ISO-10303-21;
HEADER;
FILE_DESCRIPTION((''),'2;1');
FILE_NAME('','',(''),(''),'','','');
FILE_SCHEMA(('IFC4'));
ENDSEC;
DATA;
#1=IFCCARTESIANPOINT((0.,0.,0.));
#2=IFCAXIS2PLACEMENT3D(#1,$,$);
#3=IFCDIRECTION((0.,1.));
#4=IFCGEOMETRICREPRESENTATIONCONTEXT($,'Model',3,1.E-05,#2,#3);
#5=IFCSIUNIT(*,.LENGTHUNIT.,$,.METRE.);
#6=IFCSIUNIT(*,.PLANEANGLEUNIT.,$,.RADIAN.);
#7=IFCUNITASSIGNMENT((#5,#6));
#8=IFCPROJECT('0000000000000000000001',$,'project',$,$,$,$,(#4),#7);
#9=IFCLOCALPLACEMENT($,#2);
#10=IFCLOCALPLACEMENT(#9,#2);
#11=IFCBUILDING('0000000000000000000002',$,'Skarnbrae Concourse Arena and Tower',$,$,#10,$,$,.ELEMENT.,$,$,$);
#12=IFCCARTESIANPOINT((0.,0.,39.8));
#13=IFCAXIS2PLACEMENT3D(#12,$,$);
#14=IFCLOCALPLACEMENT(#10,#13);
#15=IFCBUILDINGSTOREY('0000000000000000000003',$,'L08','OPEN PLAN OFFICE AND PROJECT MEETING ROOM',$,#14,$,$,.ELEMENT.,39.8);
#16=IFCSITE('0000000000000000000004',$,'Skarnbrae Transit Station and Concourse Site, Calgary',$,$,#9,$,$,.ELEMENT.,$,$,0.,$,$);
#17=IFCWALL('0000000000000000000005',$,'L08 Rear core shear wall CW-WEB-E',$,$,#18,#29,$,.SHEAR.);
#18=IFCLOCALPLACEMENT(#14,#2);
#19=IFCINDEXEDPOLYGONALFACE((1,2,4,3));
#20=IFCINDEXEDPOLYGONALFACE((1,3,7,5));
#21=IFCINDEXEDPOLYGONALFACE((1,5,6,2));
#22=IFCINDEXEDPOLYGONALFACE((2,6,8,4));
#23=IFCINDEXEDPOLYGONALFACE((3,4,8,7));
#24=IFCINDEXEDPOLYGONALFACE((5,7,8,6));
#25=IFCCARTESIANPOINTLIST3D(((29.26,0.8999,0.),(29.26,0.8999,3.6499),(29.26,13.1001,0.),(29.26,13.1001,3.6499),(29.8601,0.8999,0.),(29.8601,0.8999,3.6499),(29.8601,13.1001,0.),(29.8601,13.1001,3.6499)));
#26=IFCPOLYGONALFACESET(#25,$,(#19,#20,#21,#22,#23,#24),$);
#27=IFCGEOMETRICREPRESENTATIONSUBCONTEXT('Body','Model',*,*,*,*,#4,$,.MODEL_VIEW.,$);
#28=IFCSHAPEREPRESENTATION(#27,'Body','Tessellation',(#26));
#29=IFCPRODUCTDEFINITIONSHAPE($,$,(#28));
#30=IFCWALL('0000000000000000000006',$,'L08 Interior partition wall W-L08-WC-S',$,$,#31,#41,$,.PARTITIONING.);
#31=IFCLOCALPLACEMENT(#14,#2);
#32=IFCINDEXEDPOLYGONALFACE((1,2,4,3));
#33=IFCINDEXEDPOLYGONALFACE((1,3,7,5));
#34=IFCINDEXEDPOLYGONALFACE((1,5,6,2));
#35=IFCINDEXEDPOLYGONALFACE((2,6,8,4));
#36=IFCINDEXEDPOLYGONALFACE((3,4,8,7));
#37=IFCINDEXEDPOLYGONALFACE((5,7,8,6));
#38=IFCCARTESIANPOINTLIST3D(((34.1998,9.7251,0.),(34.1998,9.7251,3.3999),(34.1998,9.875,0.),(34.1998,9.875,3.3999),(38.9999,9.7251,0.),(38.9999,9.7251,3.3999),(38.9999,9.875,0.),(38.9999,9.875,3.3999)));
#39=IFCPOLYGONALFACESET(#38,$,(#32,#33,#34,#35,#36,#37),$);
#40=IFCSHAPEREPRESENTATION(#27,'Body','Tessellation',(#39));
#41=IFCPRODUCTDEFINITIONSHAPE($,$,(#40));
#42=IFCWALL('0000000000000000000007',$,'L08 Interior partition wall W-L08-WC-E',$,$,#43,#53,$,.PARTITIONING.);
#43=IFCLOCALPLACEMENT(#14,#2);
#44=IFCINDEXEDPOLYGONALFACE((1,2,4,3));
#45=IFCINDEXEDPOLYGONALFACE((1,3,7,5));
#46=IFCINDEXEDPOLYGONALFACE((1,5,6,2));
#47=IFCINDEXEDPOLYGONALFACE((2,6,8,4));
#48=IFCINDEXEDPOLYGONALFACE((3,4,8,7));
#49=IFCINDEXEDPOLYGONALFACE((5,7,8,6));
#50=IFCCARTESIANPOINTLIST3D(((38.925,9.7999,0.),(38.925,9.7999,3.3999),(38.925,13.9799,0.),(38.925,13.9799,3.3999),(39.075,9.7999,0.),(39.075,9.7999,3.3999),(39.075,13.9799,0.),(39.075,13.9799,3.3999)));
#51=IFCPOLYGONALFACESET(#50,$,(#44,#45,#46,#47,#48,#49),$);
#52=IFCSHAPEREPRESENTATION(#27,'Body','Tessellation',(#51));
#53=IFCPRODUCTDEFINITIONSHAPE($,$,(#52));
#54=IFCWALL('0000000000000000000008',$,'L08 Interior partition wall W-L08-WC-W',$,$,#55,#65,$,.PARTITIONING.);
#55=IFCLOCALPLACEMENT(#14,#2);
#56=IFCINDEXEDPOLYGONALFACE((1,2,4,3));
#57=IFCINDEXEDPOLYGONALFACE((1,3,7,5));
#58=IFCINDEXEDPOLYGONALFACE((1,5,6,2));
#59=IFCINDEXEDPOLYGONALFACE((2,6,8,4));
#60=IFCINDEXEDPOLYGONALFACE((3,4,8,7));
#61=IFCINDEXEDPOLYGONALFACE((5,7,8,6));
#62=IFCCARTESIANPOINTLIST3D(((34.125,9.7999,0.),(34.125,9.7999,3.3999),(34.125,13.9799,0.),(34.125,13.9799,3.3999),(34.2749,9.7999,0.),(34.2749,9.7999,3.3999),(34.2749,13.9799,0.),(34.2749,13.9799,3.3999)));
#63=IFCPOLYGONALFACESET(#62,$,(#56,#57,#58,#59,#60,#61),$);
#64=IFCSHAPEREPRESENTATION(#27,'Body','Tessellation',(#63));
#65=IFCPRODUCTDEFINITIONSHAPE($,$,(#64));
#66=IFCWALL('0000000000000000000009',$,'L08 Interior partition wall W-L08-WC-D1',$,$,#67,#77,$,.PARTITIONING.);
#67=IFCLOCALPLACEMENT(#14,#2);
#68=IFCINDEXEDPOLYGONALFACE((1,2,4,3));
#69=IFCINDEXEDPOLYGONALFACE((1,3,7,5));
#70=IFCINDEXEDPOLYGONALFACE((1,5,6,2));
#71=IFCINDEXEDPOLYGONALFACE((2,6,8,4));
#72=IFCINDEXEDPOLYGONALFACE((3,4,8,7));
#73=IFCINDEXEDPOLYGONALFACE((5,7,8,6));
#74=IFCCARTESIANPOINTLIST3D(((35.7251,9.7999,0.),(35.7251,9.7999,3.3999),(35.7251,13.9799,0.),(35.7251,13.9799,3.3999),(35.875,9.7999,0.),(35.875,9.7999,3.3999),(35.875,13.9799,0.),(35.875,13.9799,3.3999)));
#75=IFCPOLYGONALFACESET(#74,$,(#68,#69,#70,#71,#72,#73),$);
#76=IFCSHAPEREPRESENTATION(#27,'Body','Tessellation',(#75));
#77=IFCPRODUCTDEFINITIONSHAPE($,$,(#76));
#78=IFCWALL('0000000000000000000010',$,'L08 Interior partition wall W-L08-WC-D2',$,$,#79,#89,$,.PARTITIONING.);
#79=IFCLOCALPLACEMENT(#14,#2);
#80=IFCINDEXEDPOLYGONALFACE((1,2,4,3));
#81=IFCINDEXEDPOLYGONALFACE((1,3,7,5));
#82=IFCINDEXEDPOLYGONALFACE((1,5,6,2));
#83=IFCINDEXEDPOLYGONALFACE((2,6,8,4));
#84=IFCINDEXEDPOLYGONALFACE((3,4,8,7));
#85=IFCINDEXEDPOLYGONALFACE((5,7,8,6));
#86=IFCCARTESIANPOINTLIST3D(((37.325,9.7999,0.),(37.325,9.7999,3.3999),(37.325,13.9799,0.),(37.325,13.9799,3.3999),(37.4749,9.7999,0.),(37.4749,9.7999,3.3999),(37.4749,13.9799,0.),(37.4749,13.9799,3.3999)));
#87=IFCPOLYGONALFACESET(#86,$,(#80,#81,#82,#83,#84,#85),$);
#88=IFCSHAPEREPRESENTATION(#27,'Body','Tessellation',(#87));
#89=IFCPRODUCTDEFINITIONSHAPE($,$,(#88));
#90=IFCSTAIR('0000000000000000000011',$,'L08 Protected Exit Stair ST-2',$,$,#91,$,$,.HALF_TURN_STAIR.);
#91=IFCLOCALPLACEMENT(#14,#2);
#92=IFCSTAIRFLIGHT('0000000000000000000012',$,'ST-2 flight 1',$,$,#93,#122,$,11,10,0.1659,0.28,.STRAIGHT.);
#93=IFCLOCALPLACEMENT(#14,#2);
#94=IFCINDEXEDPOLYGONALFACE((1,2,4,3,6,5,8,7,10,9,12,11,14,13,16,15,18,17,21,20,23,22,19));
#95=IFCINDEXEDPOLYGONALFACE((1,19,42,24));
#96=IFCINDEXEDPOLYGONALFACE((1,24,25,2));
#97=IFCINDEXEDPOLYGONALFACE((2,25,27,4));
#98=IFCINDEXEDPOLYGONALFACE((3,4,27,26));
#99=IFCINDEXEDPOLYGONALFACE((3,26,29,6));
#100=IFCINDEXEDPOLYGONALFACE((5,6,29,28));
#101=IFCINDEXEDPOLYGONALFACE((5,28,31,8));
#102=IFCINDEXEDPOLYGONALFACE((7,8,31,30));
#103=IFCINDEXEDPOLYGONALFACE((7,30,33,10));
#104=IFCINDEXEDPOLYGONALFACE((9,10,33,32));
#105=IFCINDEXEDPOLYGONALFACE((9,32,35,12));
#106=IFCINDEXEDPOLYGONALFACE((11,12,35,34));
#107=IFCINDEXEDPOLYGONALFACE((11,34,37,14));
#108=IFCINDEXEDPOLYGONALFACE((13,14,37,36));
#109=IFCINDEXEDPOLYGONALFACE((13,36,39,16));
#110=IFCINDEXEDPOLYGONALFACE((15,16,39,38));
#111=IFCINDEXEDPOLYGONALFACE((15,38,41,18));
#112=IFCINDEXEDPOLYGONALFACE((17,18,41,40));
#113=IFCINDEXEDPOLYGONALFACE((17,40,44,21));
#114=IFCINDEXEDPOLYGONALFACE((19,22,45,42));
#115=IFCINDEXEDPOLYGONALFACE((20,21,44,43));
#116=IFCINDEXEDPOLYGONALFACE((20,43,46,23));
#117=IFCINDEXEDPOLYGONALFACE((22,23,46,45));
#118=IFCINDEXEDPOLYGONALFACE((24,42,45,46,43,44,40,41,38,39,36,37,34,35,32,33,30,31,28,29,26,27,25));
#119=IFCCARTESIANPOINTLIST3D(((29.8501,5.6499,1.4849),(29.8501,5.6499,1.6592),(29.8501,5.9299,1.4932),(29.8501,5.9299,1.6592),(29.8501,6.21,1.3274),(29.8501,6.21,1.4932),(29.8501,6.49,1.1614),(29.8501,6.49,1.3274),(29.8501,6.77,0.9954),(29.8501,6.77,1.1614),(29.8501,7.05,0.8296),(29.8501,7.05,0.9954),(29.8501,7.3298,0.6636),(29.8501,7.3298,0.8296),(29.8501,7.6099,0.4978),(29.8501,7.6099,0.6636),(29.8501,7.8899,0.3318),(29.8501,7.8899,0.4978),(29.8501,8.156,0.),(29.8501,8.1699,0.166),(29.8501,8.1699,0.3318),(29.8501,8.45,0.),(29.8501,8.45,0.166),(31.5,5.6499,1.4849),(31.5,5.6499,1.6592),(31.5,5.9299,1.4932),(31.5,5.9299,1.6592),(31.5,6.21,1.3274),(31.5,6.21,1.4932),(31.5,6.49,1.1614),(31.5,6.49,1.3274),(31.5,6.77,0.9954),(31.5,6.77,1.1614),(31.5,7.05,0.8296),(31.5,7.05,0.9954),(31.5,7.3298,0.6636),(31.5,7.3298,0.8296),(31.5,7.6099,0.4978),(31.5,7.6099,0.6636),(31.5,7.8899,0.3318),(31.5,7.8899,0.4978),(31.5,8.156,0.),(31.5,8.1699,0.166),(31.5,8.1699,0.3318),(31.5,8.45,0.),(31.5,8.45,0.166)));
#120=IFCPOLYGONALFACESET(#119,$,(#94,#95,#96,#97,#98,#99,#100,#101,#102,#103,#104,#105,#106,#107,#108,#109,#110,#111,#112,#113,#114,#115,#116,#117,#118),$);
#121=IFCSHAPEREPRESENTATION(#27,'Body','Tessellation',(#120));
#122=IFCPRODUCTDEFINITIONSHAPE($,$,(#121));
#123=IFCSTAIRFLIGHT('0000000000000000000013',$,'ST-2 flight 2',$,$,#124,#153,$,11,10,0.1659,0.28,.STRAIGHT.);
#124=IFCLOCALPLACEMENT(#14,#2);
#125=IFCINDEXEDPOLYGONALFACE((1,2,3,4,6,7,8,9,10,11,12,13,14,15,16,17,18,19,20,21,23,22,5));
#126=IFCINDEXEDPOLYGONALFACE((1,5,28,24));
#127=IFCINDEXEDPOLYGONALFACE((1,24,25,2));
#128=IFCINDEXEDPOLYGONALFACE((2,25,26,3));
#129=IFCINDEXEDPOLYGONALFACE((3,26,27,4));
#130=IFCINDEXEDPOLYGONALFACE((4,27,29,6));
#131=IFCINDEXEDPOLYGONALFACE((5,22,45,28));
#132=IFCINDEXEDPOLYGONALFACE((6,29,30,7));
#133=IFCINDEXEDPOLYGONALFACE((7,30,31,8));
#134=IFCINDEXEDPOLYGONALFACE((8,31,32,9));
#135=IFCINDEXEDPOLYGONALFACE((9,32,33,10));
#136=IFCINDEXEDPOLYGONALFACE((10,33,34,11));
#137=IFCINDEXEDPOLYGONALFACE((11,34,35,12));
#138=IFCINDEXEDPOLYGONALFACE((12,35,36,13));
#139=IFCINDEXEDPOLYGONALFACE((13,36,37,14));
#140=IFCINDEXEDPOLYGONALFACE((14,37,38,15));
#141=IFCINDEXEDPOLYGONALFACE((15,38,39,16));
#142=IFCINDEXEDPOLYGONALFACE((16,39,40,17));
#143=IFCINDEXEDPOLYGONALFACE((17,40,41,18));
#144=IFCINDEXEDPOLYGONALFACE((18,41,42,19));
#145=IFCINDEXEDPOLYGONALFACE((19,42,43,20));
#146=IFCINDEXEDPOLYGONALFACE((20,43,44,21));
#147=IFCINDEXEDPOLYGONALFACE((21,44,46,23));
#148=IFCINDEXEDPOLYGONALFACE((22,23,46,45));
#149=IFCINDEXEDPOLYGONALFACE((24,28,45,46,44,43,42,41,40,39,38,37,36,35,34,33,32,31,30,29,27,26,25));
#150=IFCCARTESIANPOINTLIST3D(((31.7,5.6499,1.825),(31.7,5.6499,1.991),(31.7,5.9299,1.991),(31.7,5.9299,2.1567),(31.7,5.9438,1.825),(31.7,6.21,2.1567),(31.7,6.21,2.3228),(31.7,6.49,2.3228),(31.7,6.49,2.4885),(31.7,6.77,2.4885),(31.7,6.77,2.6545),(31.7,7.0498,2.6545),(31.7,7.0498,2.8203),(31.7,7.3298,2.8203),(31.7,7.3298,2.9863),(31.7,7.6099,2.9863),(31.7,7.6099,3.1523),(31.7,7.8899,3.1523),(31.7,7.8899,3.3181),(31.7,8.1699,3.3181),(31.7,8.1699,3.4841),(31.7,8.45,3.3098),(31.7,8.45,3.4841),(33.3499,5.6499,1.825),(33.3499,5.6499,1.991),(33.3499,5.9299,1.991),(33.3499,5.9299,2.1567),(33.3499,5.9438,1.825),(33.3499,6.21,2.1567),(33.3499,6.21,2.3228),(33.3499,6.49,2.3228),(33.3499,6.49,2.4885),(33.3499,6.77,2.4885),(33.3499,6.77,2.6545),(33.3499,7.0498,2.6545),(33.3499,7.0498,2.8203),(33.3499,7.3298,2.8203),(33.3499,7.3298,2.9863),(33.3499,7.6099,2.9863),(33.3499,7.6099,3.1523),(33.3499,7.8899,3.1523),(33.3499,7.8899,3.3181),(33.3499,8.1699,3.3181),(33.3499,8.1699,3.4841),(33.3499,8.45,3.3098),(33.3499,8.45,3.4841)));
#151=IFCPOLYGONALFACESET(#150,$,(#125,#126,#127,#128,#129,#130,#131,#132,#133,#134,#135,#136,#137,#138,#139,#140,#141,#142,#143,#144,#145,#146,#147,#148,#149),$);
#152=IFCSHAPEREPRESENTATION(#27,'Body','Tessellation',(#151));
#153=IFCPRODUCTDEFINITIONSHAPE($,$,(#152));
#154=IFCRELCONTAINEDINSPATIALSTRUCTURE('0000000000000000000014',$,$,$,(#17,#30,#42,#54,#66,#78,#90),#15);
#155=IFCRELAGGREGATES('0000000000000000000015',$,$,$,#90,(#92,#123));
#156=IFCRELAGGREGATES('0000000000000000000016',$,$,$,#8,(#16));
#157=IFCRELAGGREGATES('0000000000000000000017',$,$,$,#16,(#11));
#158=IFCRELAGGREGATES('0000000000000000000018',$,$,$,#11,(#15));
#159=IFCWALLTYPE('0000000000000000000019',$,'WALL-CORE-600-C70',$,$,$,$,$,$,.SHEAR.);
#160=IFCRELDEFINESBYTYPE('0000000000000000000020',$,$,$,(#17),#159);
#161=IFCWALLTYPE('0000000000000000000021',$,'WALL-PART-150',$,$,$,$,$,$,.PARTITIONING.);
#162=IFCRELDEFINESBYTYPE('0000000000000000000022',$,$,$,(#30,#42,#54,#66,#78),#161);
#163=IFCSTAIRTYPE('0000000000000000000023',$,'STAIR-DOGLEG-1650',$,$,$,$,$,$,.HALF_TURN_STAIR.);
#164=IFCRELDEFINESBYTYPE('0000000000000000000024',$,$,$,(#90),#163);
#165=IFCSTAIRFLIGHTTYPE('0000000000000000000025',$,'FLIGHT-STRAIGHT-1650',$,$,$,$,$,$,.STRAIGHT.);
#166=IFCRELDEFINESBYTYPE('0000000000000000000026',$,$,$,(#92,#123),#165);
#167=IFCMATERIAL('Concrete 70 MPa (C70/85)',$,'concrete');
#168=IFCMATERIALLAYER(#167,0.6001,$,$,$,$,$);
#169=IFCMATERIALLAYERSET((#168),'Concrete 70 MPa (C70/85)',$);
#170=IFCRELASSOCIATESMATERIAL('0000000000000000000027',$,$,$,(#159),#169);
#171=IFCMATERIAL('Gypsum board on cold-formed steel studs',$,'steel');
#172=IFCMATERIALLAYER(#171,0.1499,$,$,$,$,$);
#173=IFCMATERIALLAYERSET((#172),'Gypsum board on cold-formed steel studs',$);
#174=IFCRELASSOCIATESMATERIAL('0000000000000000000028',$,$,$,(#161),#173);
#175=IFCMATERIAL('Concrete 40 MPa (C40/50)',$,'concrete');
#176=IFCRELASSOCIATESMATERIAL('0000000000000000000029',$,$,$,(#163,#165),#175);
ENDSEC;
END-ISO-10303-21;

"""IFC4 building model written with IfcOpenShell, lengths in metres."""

from ifc_helpers import new_model, si_unit, direction, frame, frame_2d, origin, place, context, subcontext, project, spatial, polyline, rectangle, outline, extrude, source, transform, mapped, material, layer, layer_set, type_object, element, aggregate, save


model = new_model("IFC4")

# Units and contexts
model_context = context("Model", 3, precision=1e-05, world=origin(), true_north=direction((0.0, 1.0)))
body_context = subcontext(model_context, "Body", "Model", "MODEL_VIEW")
ifc_project = project(units=[si_unit("LENGTHUNIT", "METRE"), si_unit("PLANEANGLEUNIT", "RADIAN")], contexts=[model_context])

# Site, building, storey
site_placement = place(None, origin())
site = spatial("IfcSite", under=ifc_project, at=site_placement, Name="Skarnbrae Transit Station and Concourse Site, Calgary", CompositionType="ELEMENT", RefElevation=0.0)
building_placement = place(site_placement, origin())
building = spatial("IfcBuilding", under=site, at=building_placement, Name="Skarnbrae Concourse Arena and Tower", CompositionType="ELEMENT")
storey_placement = place(building_placement, frame((0.0, 0.0, 39.8)))
storey = spatial("IfcBuildingStorey", under=building, at=storey_placement, Name="L08", Description="OPEN PLAN OFFICE AND PROJECT MEETING ROOM", CompositionType="ELEMENT", Elevation=39.8)

# Wall
ifc_material_1 = material(Name="Concrete 70 MPa (C70/85)", Category="concrete")
ifc_layer_1 = layer(ifc_material_1, 0.6001)
ifc_layer_set_1 = layer_set([ifc_layer_1], Name="Concrete 70 MPa (C70/85)")
wall_type_1 = type_object("IfcWallType", Name="WALL-CORE-600-C70", PredefinedType="SHEAR", material=ifc_layer_set_1)
shared_shape_1 = source(origin(), body_context, "Body", "SweptSolid", [
    extrude(rectangle(XDim=12.2002, YDim=0.6001, at=frame_2d((6.1001, 0.0))), origin(), (0.0, 0.0, 1.0), 3.6499),
])
wall_1_placement = place(storey_placement, frame((29.5601, 0.8999, 0.0), z_axis=(0.0, 0.0, 1.0), x_axis=(0.0, 1.0, 0.0)))
element("IfcWall", 1, at=wall_1_placement, inside=storey, type_object=wall_type_1, Name="L08 Rear core shear wall CW-WEB-E", PredefinedType="SHEAR", context=body_context, shape_type="MappedRepresentation", body=[
    mapped(shared_shape_1, transform((0.0, 0.0, 0.0))),
])

# Walls
ifc_material_2 = material(Name="Gypsum board on cold-formed steel studs", Category="steel")
ifc_layer_2 = layer(ifc_material_2, 0.1499)
ifc_layer_set_2 = layer_set([ifc_layer_2], Name="Gypsum board on cold-formed steel studs")
wall_type_2 = type_object("IfcWallType", Name="WALL-PART-150", PredefinedType="PARTITIONING", material=ifc_layer_set_2)
shared_shape_2 = source(origin(), body_context, "Body", "SweptSolid", [
    extrude(rectangle(XDim=4.8, YDim=0.1499, at=frame_2d((2.3999, 0.0))), origin(), (0.0, 0.0, 1.0), 3.3999),
])
wall_2_placement = place(storey_placement, frame((34.2, 9.8, 0.0), z_axis=(0.0, 0.0, 1.0), x_axis=(1.0, 0.0, 0.0)))
element("IfcWall", 2, at=wall_2_placement, inside=storey, type_object=wall_type_2, Name="L08 Interior partition wall W-L08-WC-S", PredefinedType="PARTITIONING", context=body_context, shape_type="MappedRepresentation", body=[
    mapped(shared_shape_2, transform((0.0, 0.0, 0.0))),
])
shared_shape_3 = source(origin(), body_context, "Body", "SweptSolid", [
    extrude(rectangle(XDim=4.1799, YDim=0.1499, at=frame_2d((2.0898, 0.0))), origin(), (0.0, 0.0, 1.0), 3.3999),
])
for number, where, z_axis, x_axis, name in (
    (3, (39.0, 9.8, 0.0), (0.0, 0.0, 1.0), (0.0, 1.0, 0.0), "L08 Interior partition wall W-L08-WC-E"),
    (4, (34.2, 9.8, 0.0), (0.0, 0.0, 1.0), (0.0, 1.0, 0.0), "L08 Interior partition wall W-L08-WC-W"),
    (5, (35.8, 9.8, 0.0), (0.0, 0.0, 1.0), (0.0, 1.0, 0.0), "L08 Interior partition wall W-L08-WC-D1"),
    (6, (37.3999, 9.8, 0.0), (0.0, 0.0, 1.0), (0.0, 1.0, 0.0), "L08 Interior partition wall W-L08-WC-D2"),
):
    element("IfcWall", number, at=place(storey_placement, frame(where, z_axis=z_axis, x_axis=x_axis)), inside=storey, type_object=wall_type_2, Name=name, PredefinedType="PARTITIONING", context=body_context, shape_type="MappedRepresentation", body=[
        mapped(shared_shape_3, transform((0.0, 0.0, 0.0))),
    ])

# Stair, stair flights
ifc_material_3 = material(Name="Concrete 40 MPa (C40/50)", Category="concrete")
stair_type = type_object("IfcStairType", Name="STAIR-DOGLEG-1650", PredefinedType="HALF_TURN_STAIR", material=ifc_material_3)
stair_placement = place(storey_placement, origin())
stair = element("IfcStair", 7, at=stair_placement, inside=storey, type_object=stair_type, Name="L08 Protected Exit Stair ST-2", PredefinedType="HALF_TURN_STAIR")
stair_flight_type = type_object("IfcStairFlightType", Name="FLIGHT-STRAIGHT-1650", PredefinedType="STRAIGHT", material=ifc_material_3)
shared_shape_4 = source(origin(), body_context, "Body", "SweptSolid", [
    extrude(outline(polyline([(0.0, 0.0), (0.0, 0.166), (0.28, 0.166), (0.28, 0.3318), (0.5601, 0.3318), (0.5601, 0.4978), (0.8401, 0.4978), (0.8401, 0.6636), (1.1201, 0.6636), (1.1201, 0.8296), (1.3999, 0.8296), (1.3999, 0.9954), (1.6799, 0.9954), (1.6799, 1.1614), (1.96, 1.1614), (1.96, 1.3274), (2.24, 1.3274), (2.24, 1.4932), (2.52, 1.4932), (2.52, 1.6592), (2.8, 1.6592), (2.8, 1.825), (2.8, 1.4849), (0.2939, 0.0), (0.0, 0.0)])), frame((0.0, 0.825, 0.0), z_axis=(0.0, -1.0, 0.0), x_axis=(1.0, 0.0, 0.0)), (0.0, 0.0, 1.0), 1.6499),
])
stair_flight_1_placement = place(storey_placement, frame((30.675, 8.45, 0.0), z_axis=(0.0, 0.0, 1.0), x_axis=(0.0, -1.0, 0.0)))
stair_flight_1 = element("IfcStairFlight", 8, at=stair_flight_1_placement, type_object=stair_flight_type, Name="ST-2 flight 1", NumberOfRisers=11, NumberOfTreads=10, PredefinedType="STRAIGHT", RiserHeight=0.1659, TreadLength=0.28, context=body_context, shape_type="MappedRepresentation", body=[
    mapped(shared_shape_4, transform((0.0, 0.0, 0.0))),
])
stair_flight_2_placement = place(storey_placement, frame((32.5249, 5.6499, 1.825), z_axis=(0.0, 0.0, 1.0), x_axis=(0.0, 1.0, 0.0)))
stair_flight_2 = element("IfcStairFlight", 9, at=stair_flight_2_placement, type_object=stair_flight_type, Name="ST-2 flight 2", NumberOfRisers=11, NumberOfTreads=10, PredefinedType="STRAIGHT", RiserHeight=0.1659, TreadLength=0.28, context=body_context, shape_type="MappedRepresentation", body=[
    mapped(shared_shape_4, transform((0.0, 0.0, 0.0))),
])
aggregate(stair, [stair_flight_1, stair_flight_2])

save(model, "model.ifc")
